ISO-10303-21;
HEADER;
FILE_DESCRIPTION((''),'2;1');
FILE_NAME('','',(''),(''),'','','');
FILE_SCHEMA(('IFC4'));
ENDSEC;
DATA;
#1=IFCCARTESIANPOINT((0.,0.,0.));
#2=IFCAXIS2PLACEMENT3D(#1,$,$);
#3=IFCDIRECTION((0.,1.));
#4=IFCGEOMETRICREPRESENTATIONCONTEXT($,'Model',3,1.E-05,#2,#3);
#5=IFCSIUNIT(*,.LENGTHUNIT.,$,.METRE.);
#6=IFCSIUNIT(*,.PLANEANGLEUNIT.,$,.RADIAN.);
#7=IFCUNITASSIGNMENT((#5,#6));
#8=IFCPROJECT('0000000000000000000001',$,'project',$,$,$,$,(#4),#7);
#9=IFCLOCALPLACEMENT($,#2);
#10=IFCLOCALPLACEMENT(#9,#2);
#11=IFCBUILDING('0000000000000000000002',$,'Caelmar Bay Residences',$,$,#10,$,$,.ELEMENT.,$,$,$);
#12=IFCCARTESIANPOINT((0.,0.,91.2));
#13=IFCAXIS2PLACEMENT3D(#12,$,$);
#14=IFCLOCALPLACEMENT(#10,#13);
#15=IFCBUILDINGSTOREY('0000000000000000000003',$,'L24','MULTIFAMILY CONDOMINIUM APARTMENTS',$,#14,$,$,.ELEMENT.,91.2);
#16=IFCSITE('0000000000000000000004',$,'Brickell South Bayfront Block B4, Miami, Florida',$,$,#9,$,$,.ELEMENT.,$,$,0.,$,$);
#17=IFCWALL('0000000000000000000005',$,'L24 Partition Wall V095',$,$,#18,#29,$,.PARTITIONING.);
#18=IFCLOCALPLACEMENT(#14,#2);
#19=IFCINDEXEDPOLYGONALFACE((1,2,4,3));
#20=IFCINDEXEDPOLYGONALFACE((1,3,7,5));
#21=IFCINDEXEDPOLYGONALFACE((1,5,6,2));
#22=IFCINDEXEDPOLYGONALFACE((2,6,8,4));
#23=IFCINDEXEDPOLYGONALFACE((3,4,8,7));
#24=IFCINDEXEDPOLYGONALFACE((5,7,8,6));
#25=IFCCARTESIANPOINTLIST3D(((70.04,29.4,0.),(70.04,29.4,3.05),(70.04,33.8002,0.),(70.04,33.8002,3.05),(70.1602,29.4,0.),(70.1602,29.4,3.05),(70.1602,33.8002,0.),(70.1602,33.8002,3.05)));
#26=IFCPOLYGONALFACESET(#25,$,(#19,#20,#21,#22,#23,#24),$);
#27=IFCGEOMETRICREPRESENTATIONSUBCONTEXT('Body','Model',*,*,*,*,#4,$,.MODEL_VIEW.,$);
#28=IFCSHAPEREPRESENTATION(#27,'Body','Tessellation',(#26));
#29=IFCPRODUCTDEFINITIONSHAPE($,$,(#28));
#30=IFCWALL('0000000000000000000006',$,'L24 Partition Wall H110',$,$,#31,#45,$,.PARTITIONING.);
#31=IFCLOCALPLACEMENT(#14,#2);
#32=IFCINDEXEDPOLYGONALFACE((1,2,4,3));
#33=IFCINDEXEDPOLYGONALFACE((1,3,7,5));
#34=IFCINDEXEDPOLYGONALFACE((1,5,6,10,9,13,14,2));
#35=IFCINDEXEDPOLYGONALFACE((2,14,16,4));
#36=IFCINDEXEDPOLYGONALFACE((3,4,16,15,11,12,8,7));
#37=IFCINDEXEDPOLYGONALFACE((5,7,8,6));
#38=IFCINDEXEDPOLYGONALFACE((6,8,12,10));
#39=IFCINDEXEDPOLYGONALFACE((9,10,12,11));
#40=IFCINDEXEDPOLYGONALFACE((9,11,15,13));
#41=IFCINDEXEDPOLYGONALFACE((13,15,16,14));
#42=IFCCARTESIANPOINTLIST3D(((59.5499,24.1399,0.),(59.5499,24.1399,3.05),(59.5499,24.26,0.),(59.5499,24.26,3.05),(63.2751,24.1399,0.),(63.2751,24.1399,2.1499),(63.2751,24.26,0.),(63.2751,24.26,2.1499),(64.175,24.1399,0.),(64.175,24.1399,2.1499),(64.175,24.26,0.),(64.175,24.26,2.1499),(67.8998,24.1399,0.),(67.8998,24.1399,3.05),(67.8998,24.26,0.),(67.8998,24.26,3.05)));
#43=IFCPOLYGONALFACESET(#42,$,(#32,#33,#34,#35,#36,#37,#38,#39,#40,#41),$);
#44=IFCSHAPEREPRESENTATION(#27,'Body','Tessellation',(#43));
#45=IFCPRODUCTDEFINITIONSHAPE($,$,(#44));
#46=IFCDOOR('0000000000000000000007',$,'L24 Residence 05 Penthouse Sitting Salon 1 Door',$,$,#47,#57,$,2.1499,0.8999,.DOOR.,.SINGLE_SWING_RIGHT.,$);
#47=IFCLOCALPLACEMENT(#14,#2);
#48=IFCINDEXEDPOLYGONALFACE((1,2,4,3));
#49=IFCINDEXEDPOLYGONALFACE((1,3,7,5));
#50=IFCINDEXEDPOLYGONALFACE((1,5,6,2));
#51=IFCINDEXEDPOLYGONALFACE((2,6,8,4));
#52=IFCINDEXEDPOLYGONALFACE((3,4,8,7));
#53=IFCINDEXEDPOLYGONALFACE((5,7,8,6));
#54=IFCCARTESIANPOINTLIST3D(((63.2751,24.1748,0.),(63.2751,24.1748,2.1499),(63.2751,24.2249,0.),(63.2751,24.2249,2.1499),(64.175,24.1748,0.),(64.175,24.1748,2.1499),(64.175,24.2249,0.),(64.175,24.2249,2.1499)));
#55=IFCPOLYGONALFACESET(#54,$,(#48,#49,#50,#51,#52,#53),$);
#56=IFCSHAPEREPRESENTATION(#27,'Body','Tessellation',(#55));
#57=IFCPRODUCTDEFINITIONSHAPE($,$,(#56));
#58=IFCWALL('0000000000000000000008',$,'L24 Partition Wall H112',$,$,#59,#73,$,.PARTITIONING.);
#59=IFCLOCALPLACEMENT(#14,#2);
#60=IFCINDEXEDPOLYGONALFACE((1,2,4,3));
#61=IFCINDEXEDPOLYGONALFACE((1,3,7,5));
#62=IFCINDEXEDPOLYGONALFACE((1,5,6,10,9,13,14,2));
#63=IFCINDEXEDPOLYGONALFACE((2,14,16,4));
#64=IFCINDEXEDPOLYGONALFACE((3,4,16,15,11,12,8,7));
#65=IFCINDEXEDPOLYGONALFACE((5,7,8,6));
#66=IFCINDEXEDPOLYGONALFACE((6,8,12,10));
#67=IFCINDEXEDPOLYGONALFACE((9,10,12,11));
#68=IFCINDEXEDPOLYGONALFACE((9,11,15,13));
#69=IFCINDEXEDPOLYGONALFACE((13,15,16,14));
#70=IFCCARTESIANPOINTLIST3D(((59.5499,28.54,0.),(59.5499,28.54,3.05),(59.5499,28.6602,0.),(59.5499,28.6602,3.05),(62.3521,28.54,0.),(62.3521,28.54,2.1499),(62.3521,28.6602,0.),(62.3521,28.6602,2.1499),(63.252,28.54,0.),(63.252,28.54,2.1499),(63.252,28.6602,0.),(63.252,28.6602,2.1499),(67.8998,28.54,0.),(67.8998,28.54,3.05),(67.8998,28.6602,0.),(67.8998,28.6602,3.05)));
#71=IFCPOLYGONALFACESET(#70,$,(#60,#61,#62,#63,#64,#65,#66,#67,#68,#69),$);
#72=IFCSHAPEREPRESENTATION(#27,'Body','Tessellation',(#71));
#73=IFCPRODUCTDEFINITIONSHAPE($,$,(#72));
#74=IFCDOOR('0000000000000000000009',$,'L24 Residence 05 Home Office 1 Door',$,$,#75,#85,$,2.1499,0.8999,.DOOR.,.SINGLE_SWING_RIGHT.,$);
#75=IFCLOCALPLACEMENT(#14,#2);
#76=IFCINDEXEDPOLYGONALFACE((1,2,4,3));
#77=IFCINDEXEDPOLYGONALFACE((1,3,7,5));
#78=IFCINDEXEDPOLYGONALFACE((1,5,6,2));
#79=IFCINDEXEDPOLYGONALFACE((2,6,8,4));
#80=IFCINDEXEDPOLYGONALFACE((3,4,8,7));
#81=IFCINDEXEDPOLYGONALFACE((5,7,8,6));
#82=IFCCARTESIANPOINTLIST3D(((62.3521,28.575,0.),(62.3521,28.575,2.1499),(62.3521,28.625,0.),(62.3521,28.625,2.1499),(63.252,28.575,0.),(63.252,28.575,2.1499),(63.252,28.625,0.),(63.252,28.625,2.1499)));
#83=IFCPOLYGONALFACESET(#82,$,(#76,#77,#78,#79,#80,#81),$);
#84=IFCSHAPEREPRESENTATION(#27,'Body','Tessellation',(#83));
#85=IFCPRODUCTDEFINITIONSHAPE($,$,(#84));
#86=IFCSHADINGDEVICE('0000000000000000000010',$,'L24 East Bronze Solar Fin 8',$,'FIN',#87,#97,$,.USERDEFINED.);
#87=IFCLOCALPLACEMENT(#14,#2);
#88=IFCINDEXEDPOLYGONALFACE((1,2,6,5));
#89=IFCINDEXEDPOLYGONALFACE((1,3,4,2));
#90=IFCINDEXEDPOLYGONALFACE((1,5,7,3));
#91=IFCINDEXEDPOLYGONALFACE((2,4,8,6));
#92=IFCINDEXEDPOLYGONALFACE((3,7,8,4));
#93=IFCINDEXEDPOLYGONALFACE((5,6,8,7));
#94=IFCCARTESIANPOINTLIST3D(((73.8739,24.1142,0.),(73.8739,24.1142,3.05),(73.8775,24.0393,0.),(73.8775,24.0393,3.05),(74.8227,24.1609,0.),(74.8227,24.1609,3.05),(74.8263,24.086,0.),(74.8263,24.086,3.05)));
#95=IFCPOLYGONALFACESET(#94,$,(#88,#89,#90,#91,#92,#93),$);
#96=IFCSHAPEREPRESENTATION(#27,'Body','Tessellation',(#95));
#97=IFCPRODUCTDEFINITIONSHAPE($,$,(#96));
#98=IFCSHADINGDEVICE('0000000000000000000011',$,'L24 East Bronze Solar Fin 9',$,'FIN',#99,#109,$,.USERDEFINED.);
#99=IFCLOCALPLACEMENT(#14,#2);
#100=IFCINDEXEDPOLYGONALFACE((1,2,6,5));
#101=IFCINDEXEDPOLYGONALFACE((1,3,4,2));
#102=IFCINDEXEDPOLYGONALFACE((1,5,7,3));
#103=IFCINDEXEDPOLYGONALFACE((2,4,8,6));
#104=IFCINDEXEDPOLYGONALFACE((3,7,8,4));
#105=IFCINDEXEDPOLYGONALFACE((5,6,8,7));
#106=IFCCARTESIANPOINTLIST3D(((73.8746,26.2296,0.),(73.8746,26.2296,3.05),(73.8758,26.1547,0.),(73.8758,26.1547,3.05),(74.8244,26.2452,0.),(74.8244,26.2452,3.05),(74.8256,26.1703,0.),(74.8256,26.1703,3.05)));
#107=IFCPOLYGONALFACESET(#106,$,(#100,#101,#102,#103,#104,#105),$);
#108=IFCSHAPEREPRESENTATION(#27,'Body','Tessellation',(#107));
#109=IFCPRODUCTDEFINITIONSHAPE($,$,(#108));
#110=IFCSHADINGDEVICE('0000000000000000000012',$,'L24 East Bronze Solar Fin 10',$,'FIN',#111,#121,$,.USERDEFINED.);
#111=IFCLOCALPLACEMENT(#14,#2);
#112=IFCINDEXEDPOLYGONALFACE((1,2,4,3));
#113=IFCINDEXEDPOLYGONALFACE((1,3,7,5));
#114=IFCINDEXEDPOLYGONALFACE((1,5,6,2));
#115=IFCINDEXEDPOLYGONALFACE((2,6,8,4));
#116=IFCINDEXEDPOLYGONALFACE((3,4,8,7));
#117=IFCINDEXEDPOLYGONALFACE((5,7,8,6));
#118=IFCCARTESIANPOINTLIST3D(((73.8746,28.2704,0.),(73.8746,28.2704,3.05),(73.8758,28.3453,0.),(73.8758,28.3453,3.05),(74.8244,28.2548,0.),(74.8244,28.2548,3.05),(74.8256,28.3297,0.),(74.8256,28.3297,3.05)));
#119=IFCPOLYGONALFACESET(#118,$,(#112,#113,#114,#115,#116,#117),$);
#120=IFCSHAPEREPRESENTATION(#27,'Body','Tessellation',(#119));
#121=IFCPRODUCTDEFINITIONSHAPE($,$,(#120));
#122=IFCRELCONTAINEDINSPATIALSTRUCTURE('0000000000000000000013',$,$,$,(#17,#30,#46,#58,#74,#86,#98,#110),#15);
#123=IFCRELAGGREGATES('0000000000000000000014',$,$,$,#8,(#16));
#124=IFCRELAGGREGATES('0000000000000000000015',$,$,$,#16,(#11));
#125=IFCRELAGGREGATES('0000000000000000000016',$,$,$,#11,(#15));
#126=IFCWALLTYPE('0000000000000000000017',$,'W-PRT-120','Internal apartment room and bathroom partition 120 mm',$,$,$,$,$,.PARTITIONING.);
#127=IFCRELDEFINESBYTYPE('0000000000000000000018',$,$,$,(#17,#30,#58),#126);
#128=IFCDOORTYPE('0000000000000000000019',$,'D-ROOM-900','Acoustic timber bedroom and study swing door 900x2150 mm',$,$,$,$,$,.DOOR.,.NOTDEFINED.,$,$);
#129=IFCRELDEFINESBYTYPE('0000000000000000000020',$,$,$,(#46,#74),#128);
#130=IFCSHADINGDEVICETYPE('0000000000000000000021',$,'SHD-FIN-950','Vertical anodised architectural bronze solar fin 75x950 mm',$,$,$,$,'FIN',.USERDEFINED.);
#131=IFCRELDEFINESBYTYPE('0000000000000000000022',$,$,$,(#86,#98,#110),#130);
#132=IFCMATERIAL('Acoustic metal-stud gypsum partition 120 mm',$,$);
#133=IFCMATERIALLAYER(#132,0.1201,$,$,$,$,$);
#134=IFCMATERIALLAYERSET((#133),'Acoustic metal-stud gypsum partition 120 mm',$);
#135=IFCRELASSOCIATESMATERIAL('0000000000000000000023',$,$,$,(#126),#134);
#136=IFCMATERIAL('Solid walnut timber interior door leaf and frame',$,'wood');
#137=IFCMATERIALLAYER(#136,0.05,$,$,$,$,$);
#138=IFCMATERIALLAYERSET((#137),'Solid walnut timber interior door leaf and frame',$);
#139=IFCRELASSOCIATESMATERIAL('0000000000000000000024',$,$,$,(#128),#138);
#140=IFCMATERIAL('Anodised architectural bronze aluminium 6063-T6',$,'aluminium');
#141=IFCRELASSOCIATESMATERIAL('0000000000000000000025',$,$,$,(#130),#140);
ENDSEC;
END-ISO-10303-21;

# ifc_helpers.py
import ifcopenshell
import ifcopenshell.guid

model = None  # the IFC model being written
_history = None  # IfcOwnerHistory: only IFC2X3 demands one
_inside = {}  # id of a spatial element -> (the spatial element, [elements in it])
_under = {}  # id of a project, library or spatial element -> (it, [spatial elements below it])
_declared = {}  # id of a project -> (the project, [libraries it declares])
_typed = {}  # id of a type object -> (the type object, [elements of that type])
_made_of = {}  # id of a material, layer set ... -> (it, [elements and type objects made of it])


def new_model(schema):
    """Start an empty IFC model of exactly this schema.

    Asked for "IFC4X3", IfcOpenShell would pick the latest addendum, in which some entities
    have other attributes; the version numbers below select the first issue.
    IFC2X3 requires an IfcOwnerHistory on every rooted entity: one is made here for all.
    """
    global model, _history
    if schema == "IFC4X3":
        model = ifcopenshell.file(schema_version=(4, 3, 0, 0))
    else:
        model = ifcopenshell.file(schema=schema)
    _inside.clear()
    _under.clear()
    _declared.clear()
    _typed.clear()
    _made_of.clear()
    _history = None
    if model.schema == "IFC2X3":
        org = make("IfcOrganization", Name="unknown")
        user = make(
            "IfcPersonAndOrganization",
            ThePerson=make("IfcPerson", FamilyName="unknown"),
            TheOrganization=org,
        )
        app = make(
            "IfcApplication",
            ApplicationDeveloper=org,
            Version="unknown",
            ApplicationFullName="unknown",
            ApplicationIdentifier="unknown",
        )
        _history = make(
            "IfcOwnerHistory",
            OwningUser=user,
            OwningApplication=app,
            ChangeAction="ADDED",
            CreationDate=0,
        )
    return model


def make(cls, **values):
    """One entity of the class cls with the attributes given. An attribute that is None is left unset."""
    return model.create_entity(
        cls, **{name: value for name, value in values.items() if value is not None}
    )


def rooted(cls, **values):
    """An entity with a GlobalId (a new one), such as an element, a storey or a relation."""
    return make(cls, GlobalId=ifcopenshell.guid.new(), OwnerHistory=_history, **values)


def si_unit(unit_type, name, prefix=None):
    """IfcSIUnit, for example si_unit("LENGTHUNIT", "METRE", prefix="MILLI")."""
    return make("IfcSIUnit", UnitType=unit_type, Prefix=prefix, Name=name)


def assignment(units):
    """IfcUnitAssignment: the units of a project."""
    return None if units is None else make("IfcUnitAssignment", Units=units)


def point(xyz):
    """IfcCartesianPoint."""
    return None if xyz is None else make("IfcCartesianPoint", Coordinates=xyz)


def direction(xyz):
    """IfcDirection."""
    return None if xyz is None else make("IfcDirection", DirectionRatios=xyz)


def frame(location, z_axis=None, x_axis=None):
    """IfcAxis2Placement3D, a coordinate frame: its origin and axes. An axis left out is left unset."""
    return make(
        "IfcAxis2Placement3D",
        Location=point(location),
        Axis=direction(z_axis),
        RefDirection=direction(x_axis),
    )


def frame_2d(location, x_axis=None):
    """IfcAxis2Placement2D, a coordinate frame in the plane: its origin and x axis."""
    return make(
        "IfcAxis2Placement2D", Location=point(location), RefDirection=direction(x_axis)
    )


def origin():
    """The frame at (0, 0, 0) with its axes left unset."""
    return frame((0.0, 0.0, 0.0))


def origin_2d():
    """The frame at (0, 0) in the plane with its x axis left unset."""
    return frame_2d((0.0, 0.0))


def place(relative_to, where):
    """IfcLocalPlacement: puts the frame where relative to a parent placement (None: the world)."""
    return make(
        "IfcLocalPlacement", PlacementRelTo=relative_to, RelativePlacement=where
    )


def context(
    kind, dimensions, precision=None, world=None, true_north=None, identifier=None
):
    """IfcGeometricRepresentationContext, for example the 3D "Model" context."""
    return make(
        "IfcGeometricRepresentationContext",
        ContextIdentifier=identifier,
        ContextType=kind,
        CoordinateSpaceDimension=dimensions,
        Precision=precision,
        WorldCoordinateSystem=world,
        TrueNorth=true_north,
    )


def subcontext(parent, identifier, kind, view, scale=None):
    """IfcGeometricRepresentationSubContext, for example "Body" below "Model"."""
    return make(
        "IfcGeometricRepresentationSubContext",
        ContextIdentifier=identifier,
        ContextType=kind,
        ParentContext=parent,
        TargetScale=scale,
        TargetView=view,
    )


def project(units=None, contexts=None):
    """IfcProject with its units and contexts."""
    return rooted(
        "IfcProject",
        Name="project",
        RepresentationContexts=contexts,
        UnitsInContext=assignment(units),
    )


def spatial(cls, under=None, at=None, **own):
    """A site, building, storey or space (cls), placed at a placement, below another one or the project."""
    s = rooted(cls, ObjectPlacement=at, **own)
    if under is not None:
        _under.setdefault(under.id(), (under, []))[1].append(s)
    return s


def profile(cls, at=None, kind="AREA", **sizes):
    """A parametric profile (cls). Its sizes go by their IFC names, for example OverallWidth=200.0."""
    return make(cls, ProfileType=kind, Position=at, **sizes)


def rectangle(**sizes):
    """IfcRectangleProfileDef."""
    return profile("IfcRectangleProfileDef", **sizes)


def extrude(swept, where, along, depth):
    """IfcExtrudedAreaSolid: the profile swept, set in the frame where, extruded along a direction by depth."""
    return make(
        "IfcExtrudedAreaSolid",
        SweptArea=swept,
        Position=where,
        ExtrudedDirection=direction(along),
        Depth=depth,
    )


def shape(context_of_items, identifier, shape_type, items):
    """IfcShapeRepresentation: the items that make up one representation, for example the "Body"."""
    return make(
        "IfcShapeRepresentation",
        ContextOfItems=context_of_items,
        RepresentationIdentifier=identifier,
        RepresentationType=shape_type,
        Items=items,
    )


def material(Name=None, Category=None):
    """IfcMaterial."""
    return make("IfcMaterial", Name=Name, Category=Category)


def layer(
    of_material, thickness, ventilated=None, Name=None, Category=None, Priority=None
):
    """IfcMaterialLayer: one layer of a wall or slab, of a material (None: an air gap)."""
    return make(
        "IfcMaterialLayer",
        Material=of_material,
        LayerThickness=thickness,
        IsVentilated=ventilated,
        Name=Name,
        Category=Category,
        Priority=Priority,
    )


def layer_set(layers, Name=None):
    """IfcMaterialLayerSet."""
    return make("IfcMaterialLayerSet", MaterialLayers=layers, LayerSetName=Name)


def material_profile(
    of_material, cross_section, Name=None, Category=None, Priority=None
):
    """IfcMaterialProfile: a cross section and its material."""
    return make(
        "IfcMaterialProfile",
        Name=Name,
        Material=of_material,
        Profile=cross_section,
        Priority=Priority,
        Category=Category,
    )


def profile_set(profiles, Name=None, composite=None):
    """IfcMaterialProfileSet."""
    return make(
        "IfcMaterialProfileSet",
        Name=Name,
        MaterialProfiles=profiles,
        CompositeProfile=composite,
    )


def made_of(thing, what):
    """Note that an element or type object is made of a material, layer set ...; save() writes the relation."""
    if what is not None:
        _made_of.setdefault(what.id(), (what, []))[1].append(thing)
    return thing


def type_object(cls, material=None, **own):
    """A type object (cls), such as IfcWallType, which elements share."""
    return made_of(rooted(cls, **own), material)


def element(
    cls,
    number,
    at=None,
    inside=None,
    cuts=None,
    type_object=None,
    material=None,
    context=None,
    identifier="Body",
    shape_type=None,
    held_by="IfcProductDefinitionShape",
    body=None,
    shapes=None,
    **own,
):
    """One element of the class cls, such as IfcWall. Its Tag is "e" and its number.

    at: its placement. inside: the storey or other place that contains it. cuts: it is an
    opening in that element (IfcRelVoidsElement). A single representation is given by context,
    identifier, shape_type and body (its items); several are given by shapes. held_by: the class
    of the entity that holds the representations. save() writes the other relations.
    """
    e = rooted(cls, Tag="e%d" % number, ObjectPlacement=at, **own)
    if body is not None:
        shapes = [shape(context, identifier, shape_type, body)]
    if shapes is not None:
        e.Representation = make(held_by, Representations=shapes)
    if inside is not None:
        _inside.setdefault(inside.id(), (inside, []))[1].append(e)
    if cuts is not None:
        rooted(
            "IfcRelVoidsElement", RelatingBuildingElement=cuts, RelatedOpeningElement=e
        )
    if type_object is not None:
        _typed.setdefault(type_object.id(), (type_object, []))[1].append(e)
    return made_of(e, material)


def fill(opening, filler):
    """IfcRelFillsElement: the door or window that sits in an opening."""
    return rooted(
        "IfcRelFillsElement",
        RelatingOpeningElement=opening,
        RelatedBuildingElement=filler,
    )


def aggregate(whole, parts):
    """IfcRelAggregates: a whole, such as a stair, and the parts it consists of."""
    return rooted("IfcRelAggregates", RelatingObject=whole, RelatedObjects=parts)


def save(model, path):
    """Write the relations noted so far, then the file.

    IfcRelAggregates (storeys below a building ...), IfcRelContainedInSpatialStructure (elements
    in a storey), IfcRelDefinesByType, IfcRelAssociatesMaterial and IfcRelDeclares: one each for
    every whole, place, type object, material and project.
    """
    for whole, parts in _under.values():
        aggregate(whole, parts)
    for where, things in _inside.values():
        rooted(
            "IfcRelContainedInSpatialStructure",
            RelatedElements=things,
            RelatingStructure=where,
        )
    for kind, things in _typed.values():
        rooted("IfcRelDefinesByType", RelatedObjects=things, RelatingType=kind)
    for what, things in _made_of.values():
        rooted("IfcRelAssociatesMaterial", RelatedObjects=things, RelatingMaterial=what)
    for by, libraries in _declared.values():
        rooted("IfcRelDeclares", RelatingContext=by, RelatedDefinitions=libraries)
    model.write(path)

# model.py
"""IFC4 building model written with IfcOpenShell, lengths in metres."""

from ifc_helpers import new_model, si_unit, direction, frame, frame_2d, origin, origin_2d, place, context, subcontext, project, spatial, rectangle, extrude, material, layer, layer_set, material_profile, profile_set, type_object, element, fill, save


model = new_model("IFC4")

# Units and contexts
model_context = context("Model", 3, precision=1e-05, world=origin(), true_north=direction((0.0, 1.0)))
body_context = subcontext(model_context, "Body", "Model", "MODEL_VIEW")
ifc_project = project(units=[si_unit("LENGTHUNIT", "METRE"), si_unit("PLANEANGLEUNIT", "RADIAN")], contexts=[model_context])

# Site, building, storey
site_placement = place(None, origin())
site = spatial("IfcSite", under=ifc_project, at=site_placement, Name="Brickell South Bayfront Block B4, Miami, Florida", CompositionType="ELEMENT", RefElevation=0.0)
building_placement = place(site_placement, origin())
building = spatial("IfcBuilding", under=site, at=building_placement, Name="Caelmar Bay Residences", CompositionType="ELEMENT")
storey_placement = place(building_placement, frame((0.0, 0.0, 91.2)))
storey = spatial("IfcBuildingStorey", under=building, at=storey_placement, Name="L24", Description="MULTIFAMILY CONDOMINIUM APARTMENTS", CompositionType="ELEMENT", Elevation=91.2)

# Shared definitions
ifc_material_1 = material(Name="Acoustic metal-stud gypsum partition 120 mm")
ifc_layer_1 = layer(ifc_material_1, 0.1201)
ifc_layer_set_1 = layer_set([ifc_layer_1], Name="Acoustic metal-stud gypsum partition 120 mm")
wall_type = type_object("IfcWallType", Name="W-PRT-120", Description="Internal apartment room and bathroom partition 120 mm", PredefinedType="PARTITIONING", material=ifc_layer_set_1)

# Shared definitions
ifc_material_2 = material(Name="Solid walnut timber interior door leaf and frame", Category="wood")

# Shared definitions
ifc_layer_2 = layer(ifc_material_2, 0.05)
ifc_layer_set_2 = layer_set([ifc_layer_2], Name="Solid walnut timber interior door leaf and frame")
door_type_1 = type_object("IfcDoorType", Name="D-ROOM-900", Description="Acoustic timber bedroom and study swing door 900x2150 mm", OperationType="NOTDEFINED", PredefinedType="DOOR", material=ifc_layer_set_2)

# Wall
wall_1_placement = place(storey_placement, frame((70.1001, 29.3999, 0.0), z_axis=(0.0, 0.0, 1.0), x_axis=(0.0, 1.0, 0.0)))
element("IfcWall", 1, at=wall_1_placement, inside=storey, type_object=wall_type, Name="L24 Partition Wall V095", PredefinedType="PARTITIONING", context=body_context, shape_type="SweptSolid", body=[
    extrude(rectangle(XDim=4.4001, YDim=0.1201, at=frame_2d((2.2002, 0.0))), origin(), (0.0, 0.0, 1.0), 3.05),
])

# Walls, openings, doors
wall_2_placement = place(storey_placement, frame((59.55, 24.2, 0.0), z_axis=(0.0, 0.0, 1.0), x_axis=(1.0, 0.0, 0.0)))
wall_2 = element("IfcWall", 2, at=wall_2_placement, inside=storey, type_object=wall_type, Name="L24 Partition Wall H110", PredefinedType="PARTITIONING", context=body_context, shape_type="SweptSolid", body=[
    extrude(rectangle(XDim=8.3499, YDim=0.1201, at=frame_2d((4.1748, 0.0))), origin(), (0.0, 0.0, 1.0), 3.05),
])
opening_1_placement = place(wall_2_placement, frame((3.7251, 0.0, 0.0)))
opening_1 = element("IfcOpeningElement", 3, at=opening_1_placement, cuts=wall_2, PredefinedType="OPENING", context=body_context, shape_type="SweptSolid", body=[
    extrude(rectangle(XDim=0.8999, YDim=2.1499, at=frame_2d((0.45, 1.075))), frame((0.0, 0.0701, 0.0), z_axis=(0.0, -1.0, 0.0), x_axis=(1.0, 0.0, 0.0)), (0.0, 0.0, 1.0), 0.1401),
])
door_1_placement = place(opening_1_placement, origin())
door_1 = element("IfcDoor", 4, at=door_1_placement, inside=storey, type_object=door_type_1, Name="L24 Residence 05 Penthouse Sitting Salon 1 Door", OperationType="SINGLE_SWING_RIGHT", OverallHeight=2.1499, OverallWidth=0.8999, PredefinedType="DOOR", context=body_context, shape_type="SweptSolid", body=[
    extrude(rectangle(XDim=0.8999, YDim=2.1499, at=frame_2d((0.45, 1.075))), frame((0.0, 0.0249, 0.0), z_axis=(0.0, -1.0, 0.0), x_axis=(1.0, 0.0, 0.0)), (0.0, 0.0, 1.0), 0.05),
])
fill(opening_1, door_1)
wall_3_placement = place(storey_placement, frame((59.55, 28.6001, 0.0), z_axis=(0.0, 0.0, 1.0), x_axis=(1.0, 0.0, 0.0)))
wall_3 = element("IfcWall", 5, at=wall_3_placement, inside=storey, type_object=wall_type, Name="L24 Partition Wall H112", PredefinedType="PARTITIONING", context=body_context, shape_type="SweptSolid", body=[
    extrude(rectangle(XDim=8.3499, YDim=0.1201, at=frame_2d((4.1748, 0.0))), origin(), (0.0, 0.0, 1.0), 3.05),
])
opening_2_placement = place(wall_3_placement, frame((2.802, 0.0, 0.0)))
opening_2 = element("IfcOpeningElement", 6, at=opening_2_placement, cuts=wall_3, PredefinedType="OPENING", context=body_context, shape_type="SweptSolid", body=[
    extrude(rectangle(XDim=0.8999, YDim=2.1499, at=frame_2d((0.45, 1.075))), frame((0.0, 0.0701, 0.0), z_axis=(0.0, -1.0, 0.0), x_axis=(1.0, 0.0, 0.0)), (0.0, 0.0, 1.0), 0.1401),
])
door_2_placement = place(opening_2_placement, origin())
door_2 = element("IfcDoor", 7, at=door_2_placement, inside=storey, type_object=door_type_1, Name="L24 Residence 05 Home Office 1 Door", OperationType="SINGLE_SWING_RIGHT", OverallHeight=2.1499, OverallWidth=0.8999, PredefinedType="DOOR", context=body_context, shape_type="SweptSolid", body=[
    extrude(rectangle(XDim=0.8999, YDim=2.1499, at=frame_2d((0.45, 1.075))), frame((0.0, 0.0249, 0.0), z_axis=(0.0, -1.0, 0.0), x_axis=(1.0, 0.0, 0.0)), (0.0, 0.0, 1.0), 0.05),
])
fill(opening_2, door_2)

# Shading devices
ifc_material_3 = material(Name="Anodised architectural bronze aluminium 6063-T6", Category="aluminium")
ifc_material_profile_1 = material_profile(ifc_material_3, rectangle(XDim=0.075, YDim=0.95, at=origin_2d()), Name="BRONZE-FIN-75X950")
ifc_profile_set_1 = profile_set([ifc_material_profile_1], Name="Anodised architectural bronze aluminium 6063-T6")
shading_device_type = type_object("IfcShadingDeviceType", Name="SHD-FIN-950", Description="Vertical anodised architectural bronze solar fin 75x950 mm", ElementType="FIN", PredefinedType="USERDEFINED", material=ifc_profile_set_1)
for number, where, z_axis, x_axis, name in (
    (8, (74.3501, 24.1001, 0.0), (0.0, 0.0, 1.0), (-0.049198, 0.998789, 0.0), "L24 East Bronze Solar Fin 8"),
    (9, (74.3501, 26.2, 0.0), (0.0, 0.0, 1.0), (-0.016405, 0.999865, 0.0), "L24 East Bronze Solar Fin 9"),
    (10, (74.3501, 28.3, 0.0), (0.0, 0.0, 1.0), (0.016405, 0.999865, 0.0), "L24 East Bronze Solar Fin 10"),
):
    element("IfcShadingDevice", number, at=place(storey_placement, frame(where, z_axis=z_axis, x_axis=x_axis)), inside=storey, type_object=shading_device_type, Name=name, ObjectType="FIN", PredefinedType="USERDEFINED", context=body_context, shape_type="SweptSolid", body=[
        extrude(rectangle(XDim=0.075, YDim=0.95, at=origin_2d()), origin(), (0.0, 0.0, 1.0), 3.05),
    ])

save(model, "model.ifc")
